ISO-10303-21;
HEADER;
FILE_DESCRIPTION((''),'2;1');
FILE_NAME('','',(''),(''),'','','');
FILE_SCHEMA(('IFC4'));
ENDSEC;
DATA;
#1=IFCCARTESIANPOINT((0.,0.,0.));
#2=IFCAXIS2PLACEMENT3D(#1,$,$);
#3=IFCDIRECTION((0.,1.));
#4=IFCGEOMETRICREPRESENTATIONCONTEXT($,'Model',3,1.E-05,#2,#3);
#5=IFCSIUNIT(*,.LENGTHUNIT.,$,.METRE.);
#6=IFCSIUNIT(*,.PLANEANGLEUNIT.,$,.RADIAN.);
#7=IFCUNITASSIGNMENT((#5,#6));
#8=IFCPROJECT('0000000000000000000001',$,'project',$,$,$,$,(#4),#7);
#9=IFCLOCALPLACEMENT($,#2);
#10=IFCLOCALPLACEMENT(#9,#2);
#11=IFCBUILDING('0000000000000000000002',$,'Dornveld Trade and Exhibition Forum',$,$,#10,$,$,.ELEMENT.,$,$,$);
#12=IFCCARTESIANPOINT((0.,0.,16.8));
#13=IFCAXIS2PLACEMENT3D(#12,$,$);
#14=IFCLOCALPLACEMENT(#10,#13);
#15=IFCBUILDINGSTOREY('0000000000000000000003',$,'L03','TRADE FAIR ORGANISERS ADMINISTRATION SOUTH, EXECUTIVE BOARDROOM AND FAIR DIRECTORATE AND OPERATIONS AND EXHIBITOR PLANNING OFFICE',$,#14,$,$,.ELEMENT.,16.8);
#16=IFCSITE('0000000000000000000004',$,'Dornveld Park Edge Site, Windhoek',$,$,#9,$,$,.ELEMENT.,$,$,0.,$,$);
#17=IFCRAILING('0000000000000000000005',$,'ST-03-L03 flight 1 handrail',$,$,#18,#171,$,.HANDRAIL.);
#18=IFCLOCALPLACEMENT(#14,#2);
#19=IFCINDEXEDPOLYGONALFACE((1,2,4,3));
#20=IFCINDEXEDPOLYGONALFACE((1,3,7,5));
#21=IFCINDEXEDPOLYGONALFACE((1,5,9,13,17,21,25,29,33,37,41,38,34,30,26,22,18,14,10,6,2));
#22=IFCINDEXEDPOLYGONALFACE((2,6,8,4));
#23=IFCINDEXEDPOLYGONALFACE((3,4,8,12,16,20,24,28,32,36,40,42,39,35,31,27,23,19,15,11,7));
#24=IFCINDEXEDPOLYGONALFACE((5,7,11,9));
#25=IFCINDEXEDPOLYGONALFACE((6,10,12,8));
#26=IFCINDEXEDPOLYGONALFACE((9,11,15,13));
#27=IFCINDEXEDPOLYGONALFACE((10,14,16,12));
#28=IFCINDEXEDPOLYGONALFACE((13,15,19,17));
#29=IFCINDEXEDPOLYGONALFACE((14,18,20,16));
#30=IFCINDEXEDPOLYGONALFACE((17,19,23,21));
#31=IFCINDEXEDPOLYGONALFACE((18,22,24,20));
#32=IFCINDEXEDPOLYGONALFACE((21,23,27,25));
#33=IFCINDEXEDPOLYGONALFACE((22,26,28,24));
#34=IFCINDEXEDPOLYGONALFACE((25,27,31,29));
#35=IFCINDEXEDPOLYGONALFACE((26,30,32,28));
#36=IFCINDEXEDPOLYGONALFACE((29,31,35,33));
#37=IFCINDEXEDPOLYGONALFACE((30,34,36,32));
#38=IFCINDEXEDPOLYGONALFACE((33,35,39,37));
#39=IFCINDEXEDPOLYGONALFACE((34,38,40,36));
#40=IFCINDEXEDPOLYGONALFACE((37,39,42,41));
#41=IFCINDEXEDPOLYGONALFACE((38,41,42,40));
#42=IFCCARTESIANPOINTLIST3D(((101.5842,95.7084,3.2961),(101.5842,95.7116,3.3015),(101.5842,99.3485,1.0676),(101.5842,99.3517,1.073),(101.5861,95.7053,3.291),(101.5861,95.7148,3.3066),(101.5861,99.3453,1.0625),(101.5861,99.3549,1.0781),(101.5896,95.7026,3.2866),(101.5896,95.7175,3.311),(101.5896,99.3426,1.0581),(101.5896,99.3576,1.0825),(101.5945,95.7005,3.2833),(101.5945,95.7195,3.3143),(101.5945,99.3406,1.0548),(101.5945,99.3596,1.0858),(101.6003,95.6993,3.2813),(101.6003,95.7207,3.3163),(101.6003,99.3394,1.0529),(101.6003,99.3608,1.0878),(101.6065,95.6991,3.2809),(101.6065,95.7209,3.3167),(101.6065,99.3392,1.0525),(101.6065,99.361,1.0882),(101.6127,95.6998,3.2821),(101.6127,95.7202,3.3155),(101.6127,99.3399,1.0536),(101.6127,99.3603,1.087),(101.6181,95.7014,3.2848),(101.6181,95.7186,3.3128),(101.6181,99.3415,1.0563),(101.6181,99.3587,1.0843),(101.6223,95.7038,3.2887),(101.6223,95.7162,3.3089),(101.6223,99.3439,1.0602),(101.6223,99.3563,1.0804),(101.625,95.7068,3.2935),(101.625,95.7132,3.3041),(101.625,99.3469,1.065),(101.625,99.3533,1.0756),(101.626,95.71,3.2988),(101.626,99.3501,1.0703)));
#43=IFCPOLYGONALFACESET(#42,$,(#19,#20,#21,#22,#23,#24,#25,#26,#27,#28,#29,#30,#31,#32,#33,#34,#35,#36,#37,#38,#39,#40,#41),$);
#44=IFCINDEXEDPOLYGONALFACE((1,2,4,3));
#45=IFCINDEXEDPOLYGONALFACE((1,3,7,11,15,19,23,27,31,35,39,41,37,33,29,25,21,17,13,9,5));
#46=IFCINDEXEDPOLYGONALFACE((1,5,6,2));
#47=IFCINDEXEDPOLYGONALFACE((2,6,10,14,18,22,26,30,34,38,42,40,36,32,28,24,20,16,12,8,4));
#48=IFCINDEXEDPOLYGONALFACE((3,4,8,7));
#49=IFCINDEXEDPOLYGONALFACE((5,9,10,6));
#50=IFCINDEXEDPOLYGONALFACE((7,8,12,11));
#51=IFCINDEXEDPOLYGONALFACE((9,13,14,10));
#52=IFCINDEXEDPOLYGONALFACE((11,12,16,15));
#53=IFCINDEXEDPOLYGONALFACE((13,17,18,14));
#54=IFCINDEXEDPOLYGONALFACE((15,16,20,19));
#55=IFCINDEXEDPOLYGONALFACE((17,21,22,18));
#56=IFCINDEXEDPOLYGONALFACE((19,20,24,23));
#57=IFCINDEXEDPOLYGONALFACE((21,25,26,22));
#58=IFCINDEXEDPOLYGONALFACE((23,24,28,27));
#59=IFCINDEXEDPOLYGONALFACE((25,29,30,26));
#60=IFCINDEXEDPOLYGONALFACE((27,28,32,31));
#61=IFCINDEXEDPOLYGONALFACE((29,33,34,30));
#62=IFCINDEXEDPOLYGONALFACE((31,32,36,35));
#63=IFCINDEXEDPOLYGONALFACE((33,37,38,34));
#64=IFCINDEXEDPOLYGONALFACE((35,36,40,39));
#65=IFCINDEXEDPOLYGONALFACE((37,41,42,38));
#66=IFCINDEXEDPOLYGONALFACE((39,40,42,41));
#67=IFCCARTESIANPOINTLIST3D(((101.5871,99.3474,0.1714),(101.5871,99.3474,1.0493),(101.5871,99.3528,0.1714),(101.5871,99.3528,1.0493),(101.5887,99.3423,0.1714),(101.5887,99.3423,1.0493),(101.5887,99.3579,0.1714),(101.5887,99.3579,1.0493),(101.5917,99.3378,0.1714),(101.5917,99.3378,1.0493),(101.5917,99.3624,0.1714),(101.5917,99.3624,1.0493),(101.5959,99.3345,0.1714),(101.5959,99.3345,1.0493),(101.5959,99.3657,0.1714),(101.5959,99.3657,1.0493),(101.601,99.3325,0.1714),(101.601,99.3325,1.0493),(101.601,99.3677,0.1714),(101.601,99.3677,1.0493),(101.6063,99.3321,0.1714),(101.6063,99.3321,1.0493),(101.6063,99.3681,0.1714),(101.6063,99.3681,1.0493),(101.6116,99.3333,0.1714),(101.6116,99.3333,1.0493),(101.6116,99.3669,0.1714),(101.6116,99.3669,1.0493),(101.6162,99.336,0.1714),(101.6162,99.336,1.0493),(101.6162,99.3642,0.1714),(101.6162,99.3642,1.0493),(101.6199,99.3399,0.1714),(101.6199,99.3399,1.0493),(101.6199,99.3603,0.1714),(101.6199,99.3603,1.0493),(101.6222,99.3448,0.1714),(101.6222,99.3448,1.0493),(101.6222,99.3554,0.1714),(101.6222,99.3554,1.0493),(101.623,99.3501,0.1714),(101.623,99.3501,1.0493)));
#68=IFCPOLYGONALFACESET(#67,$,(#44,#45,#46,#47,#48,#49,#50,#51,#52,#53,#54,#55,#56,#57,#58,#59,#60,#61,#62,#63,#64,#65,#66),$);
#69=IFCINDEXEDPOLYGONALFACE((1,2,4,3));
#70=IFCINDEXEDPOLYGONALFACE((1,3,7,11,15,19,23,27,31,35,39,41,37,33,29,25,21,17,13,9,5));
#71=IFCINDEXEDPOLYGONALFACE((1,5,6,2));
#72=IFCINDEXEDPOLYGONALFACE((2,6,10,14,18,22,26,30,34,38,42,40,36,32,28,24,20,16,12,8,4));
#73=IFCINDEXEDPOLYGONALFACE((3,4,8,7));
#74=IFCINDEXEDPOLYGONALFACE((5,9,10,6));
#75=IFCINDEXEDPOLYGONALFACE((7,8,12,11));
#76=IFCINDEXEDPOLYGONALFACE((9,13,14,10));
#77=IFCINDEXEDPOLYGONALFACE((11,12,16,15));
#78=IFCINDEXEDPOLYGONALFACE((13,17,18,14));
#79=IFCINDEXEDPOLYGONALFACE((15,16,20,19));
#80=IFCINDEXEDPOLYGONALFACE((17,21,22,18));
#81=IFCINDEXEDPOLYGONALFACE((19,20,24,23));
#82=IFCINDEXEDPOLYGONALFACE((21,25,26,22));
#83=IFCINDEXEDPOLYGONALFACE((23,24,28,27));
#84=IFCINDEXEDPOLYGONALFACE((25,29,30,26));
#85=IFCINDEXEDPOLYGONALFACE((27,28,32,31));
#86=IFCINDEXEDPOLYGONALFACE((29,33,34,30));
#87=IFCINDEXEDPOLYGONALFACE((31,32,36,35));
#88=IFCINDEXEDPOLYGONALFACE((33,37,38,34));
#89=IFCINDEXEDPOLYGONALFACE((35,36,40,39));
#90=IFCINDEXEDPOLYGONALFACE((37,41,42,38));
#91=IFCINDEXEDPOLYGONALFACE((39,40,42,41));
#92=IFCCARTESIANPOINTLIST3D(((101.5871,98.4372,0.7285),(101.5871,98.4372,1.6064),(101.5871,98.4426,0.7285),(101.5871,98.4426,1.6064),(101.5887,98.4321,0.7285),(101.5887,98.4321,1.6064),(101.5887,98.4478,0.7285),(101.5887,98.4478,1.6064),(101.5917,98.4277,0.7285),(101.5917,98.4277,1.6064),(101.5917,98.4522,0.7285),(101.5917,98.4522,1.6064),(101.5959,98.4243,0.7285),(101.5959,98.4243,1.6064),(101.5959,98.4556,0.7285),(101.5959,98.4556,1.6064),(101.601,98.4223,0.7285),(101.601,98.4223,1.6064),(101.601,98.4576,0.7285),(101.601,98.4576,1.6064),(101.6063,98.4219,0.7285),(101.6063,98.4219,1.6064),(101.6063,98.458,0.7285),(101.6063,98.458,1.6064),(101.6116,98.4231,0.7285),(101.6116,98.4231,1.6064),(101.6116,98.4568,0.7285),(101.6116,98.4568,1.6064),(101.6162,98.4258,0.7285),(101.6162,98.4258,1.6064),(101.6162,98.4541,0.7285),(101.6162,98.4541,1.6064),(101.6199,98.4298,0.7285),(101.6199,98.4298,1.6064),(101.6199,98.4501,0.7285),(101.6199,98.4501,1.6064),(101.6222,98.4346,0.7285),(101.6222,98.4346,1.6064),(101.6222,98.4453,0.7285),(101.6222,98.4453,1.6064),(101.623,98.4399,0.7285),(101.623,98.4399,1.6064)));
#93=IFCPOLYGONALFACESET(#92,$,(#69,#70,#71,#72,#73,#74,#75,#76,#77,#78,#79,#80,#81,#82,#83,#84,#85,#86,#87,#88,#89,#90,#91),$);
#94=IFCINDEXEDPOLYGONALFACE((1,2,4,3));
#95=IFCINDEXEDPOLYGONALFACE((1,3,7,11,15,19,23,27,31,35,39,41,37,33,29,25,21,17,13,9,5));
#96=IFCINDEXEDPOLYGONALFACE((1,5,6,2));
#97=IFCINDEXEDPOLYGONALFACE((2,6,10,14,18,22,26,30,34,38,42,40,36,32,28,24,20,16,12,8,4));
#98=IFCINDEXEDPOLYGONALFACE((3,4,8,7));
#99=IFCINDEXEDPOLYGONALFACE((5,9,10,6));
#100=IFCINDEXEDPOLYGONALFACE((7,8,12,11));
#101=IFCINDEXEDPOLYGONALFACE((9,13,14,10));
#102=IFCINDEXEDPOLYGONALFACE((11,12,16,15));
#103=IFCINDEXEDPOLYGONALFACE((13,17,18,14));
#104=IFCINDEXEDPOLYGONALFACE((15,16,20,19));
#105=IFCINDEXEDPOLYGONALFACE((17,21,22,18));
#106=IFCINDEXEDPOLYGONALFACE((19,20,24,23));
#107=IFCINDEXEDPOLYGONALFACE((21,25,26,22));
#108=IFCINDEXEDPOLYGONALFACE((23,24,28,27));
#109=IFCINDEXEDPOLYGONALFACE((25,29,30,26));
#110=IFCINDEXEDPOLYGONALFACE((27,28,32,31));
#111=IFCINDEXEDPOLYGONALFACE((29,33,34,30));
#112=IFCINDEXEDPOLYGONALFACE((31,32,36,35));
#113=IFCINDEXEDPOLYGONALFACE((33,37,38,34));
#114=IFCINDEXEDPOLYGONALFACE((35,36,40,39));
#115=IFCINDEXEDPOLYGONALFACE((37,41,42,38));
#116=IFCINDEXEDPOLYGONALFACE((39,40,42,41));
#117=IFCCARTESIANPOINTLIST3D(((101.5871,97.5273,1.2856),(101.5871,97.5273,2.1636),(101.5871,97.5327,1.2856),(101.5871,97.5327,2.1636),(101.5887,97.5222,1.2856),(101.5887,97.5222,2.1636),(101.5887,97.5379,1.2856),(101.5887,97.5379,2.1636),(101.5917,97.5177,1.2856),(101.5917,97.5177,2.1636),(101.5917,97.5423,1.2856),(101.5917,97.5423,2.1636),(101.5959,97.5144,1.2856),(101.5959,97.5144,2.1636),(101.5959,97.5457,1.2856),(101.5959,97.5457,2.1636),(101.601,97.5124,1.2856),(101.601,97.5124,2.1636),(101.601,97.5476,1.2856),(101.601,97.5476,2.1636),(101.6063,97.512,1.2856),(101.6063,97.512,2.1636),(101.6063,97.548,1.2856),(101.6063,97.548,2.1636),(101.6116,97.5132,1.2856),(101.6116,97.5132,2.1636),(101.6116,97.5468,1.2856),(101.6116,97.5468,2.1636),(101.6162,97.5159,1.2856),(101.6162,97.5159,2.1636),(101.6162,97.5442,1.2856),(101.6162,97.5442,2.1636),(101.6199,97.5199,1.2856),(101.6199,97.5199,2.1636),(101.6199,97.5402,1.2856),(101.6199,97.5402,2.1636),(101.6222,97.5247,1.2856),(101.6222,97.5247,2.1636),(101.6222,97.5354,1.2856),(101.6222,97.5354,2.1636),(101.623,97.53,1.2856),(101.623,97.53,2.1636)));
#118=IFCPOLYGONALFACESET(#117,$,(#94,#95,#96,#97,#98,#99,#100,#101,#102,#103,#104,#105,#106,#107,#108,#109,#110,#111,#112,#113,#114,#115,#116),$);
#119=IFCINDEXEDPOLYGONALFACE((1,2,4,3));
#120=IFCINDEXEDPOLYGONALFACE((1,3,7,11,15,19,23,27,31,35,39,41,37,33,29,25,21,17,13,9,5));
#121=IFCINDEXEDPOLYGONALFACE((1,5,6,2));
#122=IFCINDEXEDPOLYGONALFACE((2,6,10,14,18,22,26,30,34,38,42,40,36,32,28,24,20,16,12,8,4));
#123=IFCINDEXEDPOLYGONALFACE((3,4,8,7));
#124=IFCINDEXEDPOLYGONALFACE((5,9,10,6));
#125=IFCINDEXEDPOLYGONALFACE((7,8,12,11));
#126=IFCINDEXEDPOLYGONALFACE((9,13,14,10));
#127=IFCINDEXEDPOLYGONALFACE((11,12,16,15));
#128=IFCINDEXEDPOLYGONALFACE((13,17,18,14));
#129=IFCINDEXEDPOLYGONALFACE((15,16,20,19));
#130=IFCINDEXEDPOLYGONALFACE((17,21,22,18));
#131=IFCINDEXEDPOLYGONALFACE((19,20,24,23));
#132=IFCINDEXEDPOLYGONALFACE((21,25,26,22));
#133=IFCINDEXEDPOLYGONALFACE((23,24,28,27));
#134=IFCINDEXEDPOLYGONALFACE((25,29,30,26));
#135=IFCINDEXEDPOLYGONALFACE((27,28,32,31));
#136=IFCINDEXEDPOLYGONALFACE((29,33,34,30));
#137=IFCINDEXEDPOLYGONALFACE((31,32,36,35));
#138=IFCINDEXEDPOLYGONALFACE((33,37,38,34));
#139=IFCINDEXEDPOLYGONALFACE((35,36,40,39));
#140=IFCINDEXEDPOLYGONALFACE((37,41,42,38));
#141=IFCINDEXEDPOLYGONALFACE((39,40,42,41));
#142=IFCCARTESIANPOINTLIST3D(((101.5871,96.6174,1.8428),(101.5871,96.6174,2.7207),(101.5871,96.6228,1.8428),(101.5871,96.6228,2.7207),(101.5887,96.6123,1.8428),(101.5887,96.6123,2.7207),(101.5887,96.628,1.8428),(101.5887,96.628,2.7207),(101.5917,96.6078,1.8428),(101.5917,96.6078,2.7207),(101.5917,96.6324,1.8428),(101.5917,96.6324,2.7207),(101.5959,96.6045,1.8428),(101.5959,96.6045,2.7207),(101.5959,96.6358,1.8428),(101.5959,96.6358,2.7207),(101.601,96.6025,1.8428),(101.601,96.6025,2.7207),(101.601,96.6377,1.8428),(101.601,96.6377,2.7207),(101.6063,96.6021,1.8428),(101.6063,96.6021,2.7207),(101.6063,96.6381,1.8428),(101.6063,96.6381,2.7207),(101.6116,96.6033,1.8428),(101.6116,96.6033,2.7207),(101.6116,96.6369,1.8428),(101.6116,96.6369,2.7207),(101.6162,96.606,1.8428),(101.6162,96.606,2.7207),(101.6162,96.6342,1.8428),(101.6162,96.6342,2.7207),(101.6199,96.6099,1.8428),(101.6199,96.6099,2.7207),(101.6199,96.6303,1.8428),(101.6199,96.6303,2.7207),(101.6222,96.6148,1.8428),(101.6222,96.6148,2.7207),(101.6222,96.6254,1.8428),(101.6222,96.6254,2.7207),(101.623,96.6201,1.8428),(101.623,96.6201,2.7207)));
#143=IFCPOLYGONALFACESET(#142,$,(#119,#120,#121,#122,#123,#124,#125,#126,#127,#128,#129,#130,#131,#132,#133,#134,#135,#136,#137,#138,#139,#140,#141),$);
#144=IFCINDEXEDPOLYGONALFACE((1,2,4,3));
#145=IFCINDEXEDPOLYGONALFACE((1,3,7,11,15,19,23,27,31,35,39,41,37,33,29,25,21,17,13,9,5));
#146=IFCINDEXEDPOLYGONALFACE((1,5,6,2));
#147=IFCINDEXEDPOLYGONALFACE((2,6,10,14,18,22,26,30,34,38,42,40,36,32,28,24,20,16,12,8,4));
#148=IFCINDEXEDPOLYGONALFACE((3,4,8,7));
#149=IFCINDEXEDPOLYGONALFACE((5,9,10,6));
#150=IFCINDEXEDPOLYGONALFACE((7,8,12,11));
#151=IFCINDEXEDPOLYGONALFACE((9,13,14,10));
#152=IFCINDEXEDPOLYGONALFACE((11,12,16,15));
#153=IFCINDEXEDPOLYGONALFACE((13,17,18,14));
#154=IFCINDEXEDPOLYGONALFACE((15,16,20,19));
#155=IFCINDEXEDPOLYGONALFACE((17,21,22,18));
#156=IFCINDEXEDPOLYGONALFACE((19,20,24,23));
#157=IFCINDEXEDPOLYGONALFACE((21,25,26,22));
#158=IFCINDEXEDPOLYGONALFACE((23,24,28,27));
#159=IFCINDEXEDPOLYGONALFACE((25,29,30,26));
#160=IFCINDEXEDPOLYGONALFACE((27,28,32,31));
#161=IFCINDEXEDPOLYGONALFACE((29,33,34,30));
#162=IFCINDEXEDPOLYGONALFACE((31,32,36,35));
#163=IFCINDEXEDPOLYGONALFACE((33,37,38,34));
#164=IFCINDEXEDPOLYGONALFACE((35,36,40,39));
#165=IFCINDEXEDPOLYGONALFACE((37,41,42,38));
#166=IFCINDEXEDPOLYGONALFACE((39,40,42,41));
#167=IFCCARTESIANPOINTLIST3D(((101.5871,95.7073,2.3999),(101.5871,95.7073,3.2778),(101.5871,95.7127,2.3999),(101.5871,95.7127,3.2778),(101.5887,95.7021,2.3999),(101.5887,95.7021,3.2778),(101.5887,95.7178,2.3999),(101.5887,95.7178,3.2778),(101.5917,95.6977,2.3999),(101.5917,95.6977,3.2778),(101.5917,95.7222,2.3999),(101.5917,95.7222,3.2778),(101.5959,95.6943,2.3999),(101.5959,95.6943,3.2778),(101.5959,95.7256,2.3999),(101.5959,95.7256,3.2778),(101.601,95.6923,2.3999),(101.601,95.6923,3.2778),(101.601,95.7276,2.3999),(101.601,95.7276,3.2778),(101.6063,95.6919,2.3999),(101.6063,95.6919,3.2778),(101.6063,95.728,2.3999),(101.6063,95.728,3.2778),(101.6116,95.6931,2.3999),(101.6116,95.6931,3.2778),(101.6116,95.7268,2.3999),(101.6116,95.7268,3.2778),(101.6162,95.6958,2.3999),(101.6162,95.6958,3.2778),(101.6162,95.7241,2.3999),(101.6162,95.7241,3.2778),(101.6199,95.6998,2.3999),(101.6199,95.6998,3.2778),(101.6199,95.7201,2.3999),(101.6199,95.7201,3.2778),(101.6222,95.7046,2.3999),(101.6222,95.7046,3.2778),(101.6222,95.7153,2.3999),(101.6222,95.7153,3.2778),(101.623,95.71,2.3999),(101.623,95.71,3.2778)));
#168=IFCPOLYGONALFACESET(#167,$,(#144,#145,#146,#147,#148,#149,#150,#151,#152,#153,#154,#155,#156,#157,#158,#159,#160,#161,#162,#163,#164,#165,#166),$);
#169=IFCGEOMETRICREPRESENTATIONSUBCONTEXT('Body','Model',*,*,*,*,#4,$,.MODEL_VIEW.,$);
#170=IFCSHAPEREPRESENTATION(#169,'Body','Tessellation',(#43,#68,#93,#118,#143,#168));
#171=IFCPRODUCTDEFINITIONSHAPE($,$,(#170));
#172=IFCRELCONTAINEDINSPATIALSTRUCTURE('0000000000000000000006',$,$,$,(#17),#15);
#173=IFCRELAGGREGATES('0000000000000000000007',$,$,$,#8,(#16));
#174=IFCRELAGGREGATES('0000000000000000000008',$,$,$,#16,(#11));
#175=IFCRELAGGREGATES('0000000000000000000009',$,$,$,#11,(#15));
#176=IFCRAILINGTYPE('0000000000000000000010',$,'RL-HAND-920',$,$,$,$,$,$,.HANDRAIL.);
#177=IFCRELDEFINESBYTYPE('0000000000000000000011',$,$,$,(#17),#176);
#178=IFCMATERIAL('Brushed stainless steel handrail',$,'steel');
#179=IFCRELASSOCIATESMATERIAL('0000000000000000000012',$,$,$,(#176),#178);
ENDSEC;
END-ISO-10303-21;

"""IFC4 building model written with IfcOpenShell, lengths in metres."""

from ifc_helpers import new_model, si_unit, direction, frame, origin, origin_2d, place, context, subcontext, project, spatial, circle, extrude, material, type_object, element, save


model = new_model("IFC4")

# Units and contexts
model_context = context("Model", 3, precision=1e-05, world=origin(), true_north=direction((0.0, 1.0)))
body_context = subcontext(model_context, "Body", "Model", "MODEL_VIEW")
ifc_project = project(units=[si_unit("LENGTHUNIT", "METRE"), si_unit("PLANEANGLEUNIT", "RADIAN")], contexts=[model_context])

# Site, building, storey
site_placement = place(None, origin())
site = spatial("IfcSite", under=ifc_project, at=site_placement, Name="Dornveld Park Edge Site, Windhoek", CompositionType="ELEMENT", RefElevation=0.0)
building_placement = place(site_placement, origin())
building = spatial("IfcBuilding", under=site, at=building_placement, Name="Dornveld Trade and Exhibition Forum", CompositionType="ELEMENT")
storey_placement = place(building_placement, frame((0.0, 0.0, 16.8)))
storey = spatial("IfcBuildingStorey", under=building, at=storey_placement, Name="L03", Description="TRADE FAIR ORGANISERS ADMINISTRATION SOUTH, EXECUTIVE BOARDROOM AND FAIR DIRECTORATE AND OPERATIONS AND EXHIBITOR PLANNING OFFICE", CompositionType="ELEMENT", Elevation=16.8)

# Railing
ifc_material_1 = material(Name="Brushed stainless steel handrail", Category="steel")
railing_type_1 = type_object("IfcRailingType", Name="RL-HAND-920", PredefinedType="HANDRAIL", material=ifc_material_1)
railing_1_placement = place(storey_placement, frame((101.605, 99.3501, 0.1714)))
element("IfcRailing", 1, at=railing_1_placement, inside=storey, type_object=railing_type_1, Name="ST-03-L03 flight 1 handrail", PredefinedType="HANDRAIL", context=body_context, shape_type="SweptSolid", body=[
    extrude(circle(Radius=0.021, at=origin_2d()), frame((0.0, 0.0, 0.8989), z_axis=(0.0, -0.852866, 0.52213), x_axis=(1.0, 0.0, 0.0)), (0.0, 0.0, 1.0), 4.2681),
    extrude(circle(Radius=0.0181, at=origin_2d()), origin(), (0.0, 0.0, 1.0), 0.8779),
    extrude(circle(Radius=0.0181, at=origin_2d()), frame((0.0, -0.9102, 0.5571)), (0.0, 0.0, 1.0), 0.8779),
    extrude(circle(Radius=0.0181, at=origin_2d()), frame((0.0, -1.8201, 1.1143)), (0.0, 0.0, 1.0), 0.8779),
    extrude(circle(Radius=0.0181, at=origin_2d()), frame((0.0, -2.73, 1.6714)), (0.0, 0.0, 1.0), 0.8779),
    extrude(circle(Radius=0.0181, at=origin_2d()), frame((0.0, -3.6401, 2.2285)), (0.0, 0.0, 1.0), 0.8779),
])

save(model, "model.ifc")
